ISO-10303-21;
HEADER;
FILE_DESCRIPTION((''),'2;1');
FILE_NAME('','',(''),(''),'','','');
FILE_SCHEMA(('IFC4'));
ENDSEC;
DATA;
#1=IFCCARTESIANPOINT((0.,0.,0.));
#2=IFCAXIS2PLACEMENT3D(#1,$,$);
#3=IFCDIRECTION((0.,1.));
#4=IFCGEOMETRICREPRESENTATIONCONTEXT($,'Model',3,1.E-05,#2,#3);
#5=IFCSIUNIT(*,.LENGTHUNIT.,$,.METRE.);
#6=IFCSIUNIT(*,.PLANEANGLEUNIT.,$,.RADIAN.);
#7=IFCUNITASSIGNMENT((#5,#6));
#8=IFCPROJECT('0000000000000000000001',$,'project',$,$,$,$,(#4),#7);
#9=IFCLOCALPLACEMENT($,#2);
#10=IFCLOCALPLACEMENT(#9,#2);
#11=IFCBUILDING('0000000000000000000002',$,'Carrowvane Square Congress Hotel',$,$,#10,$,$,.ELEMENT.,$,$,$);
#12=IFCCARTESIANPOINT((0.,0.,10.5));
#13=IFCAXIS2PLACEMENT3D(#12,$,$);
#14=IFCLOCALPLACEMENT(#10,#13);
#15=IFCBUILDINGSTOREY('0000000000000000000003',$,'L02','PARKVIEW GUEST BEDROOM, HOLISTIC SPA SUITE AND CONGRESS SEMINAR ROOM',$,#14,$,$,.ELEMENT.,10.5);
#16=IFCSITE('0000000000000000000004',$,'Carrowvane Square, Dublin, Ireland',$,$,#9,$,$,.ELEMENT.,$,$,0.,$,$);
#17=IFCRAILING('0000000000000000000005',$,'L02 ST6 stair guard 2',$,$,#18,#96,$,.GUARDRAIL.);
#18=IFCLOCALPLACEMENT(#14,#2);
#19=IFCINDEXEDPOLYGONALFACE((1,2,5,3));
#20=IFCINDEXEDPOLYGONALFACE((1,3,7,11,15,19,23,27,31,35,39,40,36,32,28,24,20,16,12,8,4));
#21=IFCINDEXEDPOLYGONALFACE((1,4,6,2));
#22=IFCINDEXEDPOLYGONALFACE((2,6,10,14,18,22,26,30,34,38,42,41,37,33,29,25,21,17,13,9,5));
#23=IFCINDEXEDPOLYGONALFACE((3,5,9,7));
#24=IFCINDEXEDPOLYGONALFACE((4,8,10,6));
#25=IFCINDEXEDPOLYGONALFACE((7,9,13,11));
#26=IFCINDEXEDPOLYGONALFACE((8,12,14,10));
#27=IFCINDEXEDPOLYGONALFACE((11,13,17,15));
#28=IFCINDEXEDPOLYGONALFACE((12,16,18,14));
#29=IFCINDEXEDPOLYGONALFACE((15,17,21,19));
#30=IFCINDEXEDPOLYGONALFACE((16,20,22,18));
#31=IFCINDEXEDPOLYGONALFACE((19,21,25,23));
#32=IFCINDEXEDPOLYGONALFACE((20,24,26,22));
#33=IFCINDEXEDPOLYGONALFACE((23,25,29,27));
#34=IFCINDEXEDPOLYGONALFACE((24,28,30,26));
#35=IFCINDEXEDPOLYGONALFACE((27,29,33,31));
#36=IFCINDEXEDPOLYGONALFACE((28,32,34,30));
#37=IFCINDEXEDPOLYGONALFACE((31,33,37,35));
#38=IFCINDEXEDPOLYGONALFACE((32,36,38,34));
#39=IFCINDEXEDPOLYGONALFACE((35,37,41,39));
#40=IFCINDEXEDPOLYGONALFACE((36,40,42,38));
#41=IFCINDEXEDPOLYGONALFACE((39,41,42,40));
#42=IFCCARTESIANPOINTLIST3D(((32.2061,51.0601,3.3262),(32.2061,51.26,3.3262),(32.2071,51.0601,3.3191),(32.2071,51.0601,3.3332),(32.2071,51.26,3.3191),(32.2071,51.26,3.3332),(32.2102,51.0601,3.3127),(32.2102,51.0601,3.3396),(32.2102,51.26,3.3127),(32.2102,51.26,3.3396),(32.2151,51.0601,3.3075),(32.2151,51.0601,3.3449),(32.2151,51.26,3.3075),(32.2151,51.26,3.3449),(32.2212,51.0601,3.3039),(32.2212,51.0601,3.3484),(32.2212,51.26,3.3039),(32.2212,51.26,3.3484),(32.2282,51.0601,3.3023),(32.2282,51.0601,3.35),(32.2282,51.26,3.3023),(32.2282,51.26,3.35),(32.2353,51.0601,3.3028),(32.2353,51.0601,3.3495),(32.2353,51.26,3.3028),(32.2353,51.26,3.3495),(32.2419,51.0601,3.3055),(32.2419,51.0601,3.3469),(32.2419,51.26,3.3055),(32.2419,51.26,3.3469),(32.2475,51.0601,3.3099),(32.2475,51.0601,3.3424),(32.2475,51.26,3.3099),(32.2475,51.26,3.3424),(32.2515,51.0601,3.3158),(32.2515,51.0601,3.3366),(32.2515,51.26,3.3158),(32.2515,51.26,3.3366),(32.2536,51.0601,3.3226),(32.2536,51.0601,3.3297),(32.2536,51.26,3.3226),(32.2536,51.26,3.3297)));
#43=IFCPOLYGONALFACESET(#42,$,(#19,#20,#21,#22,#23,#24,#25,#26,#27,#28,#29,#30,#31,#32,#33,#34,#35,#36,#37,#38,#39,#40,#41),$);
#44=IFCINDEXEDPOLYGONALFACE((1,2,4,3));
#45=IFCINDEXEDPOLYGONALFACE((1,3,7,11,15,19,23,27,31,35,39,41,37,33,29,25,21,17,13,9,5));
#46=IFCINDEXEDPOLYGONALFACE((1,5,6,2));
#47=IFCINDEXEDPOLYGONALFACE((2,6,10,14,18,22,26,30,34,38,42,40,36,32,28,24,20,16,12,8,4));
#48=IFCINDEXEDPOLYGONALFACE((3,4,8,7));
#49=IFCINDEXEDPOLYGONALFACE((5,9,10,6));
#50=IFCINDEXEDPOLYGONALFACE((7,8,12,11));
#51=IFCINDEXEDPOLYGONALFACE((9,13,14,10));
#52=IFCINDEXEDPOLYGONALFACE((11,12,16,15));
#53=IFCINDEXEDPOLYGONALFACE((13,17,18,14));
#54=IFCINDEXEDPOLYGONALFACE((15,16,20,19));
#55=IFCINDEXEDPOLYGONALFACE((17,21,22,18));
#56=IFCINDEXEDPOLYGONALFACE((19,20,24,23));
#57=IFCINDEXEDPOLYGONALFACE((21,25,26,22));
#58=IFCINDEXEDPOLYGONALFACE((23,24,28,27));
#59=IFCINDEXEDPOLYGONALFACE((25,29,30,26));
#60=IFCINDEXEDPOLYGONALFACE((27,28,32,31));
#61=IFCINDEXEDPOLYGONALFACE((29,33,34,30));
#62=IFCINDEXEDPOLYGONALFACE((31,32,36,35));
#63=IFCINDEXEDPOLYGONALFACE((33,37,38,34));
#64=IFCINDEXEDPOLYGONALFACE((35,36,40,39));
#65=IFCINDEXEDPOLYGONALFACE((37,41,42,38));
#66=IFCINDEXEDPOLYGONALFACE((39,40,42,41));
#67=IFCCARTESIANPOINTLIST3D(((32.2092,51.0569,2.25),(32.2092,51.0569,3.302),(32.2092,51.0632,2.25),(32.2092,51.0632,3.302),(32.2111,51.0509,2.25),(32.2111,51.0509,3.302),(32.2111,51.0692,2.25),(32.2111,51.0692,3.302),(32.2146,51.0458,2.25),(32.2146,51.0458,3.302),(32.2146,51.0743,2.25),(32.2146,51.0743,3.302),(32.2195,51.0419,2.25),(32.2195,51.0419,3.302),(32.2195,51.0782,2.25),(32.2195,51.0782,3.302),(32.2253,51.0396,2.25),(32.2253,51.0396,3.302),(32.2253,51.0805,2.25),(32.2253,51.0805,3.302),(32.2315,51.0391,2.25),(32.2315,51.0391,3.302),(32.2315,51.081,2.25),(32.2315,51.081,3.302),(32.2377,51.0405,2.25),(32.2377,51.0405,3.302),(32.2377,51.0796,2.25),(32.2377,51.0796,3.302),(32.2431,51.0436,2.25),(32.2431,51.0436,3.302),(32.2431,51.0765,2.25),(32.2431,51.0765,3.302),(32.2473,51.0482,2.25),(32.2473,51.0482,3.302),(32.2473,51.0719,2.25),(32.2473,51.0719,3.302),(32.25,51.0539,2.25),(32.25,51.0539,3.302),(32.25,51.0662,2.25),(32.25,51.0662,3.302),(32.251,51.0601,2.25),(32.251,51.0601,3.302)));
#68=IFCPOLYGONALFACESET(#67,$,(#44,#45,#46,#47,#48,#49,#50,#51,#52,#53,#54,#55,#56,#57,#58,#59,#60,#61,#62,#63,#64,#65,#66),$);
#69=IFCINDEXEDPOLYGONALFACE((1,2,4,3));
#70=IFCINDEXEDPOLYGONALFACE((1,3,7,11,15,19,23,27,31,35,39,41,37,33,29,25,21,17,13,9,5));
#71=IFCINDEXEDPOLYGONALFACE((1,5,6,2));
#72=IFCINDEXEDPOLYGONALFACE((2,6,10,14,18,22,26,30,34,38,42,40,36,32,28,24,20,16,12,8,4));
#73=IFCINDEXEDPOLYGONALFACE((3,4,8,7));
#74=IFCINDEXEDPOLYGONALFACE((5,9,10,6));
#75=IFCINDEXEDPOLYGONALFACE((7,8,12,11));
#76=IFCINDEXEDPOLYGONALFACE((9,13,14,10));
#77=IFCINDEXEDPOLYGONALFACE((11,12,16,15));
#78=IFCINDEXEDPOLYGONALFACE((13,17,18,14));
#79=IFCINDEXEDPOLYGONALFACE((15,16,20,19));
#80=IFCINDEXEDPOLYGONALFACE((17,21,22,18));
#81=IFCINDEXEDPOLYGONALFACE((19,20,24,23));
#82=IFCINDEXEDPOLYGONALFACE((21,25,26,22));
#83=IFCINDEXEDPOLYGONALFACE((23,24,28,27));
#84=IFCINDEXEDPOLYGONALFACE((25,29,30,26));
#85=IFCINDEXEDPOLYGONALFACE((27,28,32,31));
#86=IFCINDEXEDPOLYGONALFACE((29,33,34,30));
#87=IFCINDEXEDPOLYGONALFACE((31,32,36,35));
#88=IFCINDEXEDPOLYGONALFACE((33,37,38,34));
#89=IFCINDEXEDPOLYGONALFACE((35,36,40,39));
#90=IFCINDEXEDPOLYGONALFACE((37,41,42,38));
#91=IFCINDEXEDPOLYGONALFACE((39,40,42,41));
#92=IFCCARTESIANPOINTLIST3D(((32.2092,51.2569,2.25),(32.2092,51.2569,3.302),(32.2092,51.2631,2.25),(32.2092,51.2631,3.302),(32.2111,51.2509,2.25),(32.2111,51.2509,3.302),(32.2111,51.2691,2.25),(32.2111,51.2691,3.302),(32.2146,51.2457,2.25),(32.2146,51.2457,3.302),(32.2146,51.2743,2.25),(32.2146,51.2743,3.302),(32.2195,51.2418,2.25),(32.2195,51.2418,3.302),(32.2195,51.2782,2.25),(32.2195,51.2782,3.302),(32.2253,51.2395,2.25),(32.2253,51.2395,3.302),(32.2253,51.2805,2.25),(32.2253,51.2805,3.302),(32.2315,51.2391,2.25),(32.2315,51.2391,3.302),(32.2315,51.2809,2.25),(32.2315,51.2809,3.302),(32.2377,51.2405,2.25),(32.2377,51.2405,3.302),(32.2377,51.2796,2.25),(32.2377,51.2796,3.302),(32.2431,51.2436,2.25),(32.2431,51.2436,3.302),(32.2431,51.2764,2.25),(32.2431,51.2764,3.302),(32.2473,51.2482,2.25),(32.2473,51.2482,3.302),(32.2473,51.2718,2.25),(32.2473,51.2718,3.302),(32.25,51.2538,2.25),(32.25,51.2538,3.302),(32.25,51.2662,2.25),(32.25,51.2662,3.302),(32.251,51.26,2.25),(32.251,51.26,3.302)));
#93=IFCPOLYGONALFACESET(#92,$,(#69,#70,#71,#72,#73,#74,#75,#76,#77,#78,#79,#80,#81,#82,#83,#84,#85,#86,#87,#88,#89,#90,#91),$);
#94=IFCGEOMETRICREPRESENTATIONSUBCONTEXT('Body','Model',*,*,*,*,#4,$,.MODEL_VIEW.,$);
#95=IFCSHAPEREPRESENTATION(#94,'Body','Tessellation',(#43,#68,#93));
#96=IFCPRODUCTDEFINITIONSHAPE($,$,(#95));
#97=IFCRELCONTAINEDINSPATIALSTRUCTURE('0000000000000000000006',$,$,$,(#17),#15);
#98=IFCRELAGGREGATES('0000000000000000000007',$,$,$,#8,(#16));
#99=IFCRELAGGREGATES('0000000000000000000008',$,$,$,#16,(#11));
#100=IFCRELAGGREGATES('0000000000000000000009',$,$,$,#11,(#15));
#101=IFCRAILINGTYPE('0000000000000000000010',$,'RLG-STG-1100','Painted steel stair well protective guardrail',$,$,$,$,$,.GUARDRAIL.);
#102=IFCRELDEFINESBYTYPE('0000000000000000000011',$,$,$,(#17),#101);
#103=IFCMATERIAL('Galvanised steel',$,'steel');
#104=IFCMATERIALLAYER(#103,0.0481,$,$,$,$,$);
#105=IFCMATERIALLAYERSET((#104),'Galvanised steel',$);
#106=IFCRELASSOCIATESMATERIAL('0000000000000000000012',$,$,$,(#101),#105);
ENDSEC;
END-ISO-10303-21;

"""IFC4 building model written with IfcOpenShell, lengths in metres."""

from ifc_helpers import new_model, si_unit, direction, frame, origin, origin_2d, place, context, subcontext, project, spatial, circle, extrude, material, layer, layer_set, type_object, element, save


model = new_model("IFC4")

# Units and contexts
model_context = context("Model", 3, precision=1e-05, world=origin(), true_north=direction((0.0, 1.0)))
body_context = subcontext(model_context, "Body", "Model", "MODEL_VIEW")
ifc_project = project(units=[si_unit("LENGTHUNIT", "METRE"), si_unit("PLANEANGLEUNIT", "RADIAN")], contexts=[model_context])

# Site, building, storey
site_placement = place(None, origin())
site = spatial("IfcSite", under=ifc_project, at=site_placement, Name="Carrowvane Square, Dublin, Ireland", CompositionType="ELEMENT", RefElevation=0.0)
building_placement = place(site_placement, origin())
building = spatial("IfcBuilding", under=site, at=building_placement, Name="Carrowvane Square Congress Hotel", CompositionType="ELEMENT")
storey_placement = place(building_placement, frame((0.0, 0.0, 10.5)))
storey = spatial("IfcBuildingStorey", under=building, at=storey_placement, Name="L02", Description="PARKVIEW GUEST BEDROOM, HOLISTIC SPA SUITE AND CONGRESS SEMINAR ROOM", CompositionType="ELEMENT", Elevation=10.5)

# Railing
ifc_material_1 = material(Name="Galvanised steel", Category="steel")
ifc_layer_1 = layer(ifc_material_1, 0.0481)
ifc_layer_set_1 = layer_set([ifc_layer_1], Name="Galvanised steel")
railing_type_1 = type_object("IfcRailingType", Name="RLG-STG-1100", Description="Painted steel stair well protective guardrail", PredefinedType="GUARDRAIL", material=ifc_layer_set_1)
railing_1_placement = place(storey_placement, frame((32.23, 51.0601, 2.25)))
element("IfcRailing", 1, at=railing_1_placement, inside=storey, type_object=railing_type_1, Name="L02 ST6 stair guard 2", PredefinedType="GUARDRAIL", context=body_context, shape_type="SweptSolid", body=[
    extrude(circle(Radius=0.0239, at=origin_2d()), frame((0.0, 0.0, 1.0762), z_axis=(0.0, 1.0, 0.0), x_axis=(-1.0, 0.0, 0.0)), (0.0, 0.0, 1.0), 0.2),
    extrude(circle(Radius=0.021, at=origin_2d()), origin(), (0.0, 0.0, 1.0), 1.052),
    extrude(circle(Radius=0.021, at=origin_2d()), frame((0.0, 0.2, 0.0)), (0.0, 0.0, 1.0), 1.052),
])

save(model, "model.ifc")
